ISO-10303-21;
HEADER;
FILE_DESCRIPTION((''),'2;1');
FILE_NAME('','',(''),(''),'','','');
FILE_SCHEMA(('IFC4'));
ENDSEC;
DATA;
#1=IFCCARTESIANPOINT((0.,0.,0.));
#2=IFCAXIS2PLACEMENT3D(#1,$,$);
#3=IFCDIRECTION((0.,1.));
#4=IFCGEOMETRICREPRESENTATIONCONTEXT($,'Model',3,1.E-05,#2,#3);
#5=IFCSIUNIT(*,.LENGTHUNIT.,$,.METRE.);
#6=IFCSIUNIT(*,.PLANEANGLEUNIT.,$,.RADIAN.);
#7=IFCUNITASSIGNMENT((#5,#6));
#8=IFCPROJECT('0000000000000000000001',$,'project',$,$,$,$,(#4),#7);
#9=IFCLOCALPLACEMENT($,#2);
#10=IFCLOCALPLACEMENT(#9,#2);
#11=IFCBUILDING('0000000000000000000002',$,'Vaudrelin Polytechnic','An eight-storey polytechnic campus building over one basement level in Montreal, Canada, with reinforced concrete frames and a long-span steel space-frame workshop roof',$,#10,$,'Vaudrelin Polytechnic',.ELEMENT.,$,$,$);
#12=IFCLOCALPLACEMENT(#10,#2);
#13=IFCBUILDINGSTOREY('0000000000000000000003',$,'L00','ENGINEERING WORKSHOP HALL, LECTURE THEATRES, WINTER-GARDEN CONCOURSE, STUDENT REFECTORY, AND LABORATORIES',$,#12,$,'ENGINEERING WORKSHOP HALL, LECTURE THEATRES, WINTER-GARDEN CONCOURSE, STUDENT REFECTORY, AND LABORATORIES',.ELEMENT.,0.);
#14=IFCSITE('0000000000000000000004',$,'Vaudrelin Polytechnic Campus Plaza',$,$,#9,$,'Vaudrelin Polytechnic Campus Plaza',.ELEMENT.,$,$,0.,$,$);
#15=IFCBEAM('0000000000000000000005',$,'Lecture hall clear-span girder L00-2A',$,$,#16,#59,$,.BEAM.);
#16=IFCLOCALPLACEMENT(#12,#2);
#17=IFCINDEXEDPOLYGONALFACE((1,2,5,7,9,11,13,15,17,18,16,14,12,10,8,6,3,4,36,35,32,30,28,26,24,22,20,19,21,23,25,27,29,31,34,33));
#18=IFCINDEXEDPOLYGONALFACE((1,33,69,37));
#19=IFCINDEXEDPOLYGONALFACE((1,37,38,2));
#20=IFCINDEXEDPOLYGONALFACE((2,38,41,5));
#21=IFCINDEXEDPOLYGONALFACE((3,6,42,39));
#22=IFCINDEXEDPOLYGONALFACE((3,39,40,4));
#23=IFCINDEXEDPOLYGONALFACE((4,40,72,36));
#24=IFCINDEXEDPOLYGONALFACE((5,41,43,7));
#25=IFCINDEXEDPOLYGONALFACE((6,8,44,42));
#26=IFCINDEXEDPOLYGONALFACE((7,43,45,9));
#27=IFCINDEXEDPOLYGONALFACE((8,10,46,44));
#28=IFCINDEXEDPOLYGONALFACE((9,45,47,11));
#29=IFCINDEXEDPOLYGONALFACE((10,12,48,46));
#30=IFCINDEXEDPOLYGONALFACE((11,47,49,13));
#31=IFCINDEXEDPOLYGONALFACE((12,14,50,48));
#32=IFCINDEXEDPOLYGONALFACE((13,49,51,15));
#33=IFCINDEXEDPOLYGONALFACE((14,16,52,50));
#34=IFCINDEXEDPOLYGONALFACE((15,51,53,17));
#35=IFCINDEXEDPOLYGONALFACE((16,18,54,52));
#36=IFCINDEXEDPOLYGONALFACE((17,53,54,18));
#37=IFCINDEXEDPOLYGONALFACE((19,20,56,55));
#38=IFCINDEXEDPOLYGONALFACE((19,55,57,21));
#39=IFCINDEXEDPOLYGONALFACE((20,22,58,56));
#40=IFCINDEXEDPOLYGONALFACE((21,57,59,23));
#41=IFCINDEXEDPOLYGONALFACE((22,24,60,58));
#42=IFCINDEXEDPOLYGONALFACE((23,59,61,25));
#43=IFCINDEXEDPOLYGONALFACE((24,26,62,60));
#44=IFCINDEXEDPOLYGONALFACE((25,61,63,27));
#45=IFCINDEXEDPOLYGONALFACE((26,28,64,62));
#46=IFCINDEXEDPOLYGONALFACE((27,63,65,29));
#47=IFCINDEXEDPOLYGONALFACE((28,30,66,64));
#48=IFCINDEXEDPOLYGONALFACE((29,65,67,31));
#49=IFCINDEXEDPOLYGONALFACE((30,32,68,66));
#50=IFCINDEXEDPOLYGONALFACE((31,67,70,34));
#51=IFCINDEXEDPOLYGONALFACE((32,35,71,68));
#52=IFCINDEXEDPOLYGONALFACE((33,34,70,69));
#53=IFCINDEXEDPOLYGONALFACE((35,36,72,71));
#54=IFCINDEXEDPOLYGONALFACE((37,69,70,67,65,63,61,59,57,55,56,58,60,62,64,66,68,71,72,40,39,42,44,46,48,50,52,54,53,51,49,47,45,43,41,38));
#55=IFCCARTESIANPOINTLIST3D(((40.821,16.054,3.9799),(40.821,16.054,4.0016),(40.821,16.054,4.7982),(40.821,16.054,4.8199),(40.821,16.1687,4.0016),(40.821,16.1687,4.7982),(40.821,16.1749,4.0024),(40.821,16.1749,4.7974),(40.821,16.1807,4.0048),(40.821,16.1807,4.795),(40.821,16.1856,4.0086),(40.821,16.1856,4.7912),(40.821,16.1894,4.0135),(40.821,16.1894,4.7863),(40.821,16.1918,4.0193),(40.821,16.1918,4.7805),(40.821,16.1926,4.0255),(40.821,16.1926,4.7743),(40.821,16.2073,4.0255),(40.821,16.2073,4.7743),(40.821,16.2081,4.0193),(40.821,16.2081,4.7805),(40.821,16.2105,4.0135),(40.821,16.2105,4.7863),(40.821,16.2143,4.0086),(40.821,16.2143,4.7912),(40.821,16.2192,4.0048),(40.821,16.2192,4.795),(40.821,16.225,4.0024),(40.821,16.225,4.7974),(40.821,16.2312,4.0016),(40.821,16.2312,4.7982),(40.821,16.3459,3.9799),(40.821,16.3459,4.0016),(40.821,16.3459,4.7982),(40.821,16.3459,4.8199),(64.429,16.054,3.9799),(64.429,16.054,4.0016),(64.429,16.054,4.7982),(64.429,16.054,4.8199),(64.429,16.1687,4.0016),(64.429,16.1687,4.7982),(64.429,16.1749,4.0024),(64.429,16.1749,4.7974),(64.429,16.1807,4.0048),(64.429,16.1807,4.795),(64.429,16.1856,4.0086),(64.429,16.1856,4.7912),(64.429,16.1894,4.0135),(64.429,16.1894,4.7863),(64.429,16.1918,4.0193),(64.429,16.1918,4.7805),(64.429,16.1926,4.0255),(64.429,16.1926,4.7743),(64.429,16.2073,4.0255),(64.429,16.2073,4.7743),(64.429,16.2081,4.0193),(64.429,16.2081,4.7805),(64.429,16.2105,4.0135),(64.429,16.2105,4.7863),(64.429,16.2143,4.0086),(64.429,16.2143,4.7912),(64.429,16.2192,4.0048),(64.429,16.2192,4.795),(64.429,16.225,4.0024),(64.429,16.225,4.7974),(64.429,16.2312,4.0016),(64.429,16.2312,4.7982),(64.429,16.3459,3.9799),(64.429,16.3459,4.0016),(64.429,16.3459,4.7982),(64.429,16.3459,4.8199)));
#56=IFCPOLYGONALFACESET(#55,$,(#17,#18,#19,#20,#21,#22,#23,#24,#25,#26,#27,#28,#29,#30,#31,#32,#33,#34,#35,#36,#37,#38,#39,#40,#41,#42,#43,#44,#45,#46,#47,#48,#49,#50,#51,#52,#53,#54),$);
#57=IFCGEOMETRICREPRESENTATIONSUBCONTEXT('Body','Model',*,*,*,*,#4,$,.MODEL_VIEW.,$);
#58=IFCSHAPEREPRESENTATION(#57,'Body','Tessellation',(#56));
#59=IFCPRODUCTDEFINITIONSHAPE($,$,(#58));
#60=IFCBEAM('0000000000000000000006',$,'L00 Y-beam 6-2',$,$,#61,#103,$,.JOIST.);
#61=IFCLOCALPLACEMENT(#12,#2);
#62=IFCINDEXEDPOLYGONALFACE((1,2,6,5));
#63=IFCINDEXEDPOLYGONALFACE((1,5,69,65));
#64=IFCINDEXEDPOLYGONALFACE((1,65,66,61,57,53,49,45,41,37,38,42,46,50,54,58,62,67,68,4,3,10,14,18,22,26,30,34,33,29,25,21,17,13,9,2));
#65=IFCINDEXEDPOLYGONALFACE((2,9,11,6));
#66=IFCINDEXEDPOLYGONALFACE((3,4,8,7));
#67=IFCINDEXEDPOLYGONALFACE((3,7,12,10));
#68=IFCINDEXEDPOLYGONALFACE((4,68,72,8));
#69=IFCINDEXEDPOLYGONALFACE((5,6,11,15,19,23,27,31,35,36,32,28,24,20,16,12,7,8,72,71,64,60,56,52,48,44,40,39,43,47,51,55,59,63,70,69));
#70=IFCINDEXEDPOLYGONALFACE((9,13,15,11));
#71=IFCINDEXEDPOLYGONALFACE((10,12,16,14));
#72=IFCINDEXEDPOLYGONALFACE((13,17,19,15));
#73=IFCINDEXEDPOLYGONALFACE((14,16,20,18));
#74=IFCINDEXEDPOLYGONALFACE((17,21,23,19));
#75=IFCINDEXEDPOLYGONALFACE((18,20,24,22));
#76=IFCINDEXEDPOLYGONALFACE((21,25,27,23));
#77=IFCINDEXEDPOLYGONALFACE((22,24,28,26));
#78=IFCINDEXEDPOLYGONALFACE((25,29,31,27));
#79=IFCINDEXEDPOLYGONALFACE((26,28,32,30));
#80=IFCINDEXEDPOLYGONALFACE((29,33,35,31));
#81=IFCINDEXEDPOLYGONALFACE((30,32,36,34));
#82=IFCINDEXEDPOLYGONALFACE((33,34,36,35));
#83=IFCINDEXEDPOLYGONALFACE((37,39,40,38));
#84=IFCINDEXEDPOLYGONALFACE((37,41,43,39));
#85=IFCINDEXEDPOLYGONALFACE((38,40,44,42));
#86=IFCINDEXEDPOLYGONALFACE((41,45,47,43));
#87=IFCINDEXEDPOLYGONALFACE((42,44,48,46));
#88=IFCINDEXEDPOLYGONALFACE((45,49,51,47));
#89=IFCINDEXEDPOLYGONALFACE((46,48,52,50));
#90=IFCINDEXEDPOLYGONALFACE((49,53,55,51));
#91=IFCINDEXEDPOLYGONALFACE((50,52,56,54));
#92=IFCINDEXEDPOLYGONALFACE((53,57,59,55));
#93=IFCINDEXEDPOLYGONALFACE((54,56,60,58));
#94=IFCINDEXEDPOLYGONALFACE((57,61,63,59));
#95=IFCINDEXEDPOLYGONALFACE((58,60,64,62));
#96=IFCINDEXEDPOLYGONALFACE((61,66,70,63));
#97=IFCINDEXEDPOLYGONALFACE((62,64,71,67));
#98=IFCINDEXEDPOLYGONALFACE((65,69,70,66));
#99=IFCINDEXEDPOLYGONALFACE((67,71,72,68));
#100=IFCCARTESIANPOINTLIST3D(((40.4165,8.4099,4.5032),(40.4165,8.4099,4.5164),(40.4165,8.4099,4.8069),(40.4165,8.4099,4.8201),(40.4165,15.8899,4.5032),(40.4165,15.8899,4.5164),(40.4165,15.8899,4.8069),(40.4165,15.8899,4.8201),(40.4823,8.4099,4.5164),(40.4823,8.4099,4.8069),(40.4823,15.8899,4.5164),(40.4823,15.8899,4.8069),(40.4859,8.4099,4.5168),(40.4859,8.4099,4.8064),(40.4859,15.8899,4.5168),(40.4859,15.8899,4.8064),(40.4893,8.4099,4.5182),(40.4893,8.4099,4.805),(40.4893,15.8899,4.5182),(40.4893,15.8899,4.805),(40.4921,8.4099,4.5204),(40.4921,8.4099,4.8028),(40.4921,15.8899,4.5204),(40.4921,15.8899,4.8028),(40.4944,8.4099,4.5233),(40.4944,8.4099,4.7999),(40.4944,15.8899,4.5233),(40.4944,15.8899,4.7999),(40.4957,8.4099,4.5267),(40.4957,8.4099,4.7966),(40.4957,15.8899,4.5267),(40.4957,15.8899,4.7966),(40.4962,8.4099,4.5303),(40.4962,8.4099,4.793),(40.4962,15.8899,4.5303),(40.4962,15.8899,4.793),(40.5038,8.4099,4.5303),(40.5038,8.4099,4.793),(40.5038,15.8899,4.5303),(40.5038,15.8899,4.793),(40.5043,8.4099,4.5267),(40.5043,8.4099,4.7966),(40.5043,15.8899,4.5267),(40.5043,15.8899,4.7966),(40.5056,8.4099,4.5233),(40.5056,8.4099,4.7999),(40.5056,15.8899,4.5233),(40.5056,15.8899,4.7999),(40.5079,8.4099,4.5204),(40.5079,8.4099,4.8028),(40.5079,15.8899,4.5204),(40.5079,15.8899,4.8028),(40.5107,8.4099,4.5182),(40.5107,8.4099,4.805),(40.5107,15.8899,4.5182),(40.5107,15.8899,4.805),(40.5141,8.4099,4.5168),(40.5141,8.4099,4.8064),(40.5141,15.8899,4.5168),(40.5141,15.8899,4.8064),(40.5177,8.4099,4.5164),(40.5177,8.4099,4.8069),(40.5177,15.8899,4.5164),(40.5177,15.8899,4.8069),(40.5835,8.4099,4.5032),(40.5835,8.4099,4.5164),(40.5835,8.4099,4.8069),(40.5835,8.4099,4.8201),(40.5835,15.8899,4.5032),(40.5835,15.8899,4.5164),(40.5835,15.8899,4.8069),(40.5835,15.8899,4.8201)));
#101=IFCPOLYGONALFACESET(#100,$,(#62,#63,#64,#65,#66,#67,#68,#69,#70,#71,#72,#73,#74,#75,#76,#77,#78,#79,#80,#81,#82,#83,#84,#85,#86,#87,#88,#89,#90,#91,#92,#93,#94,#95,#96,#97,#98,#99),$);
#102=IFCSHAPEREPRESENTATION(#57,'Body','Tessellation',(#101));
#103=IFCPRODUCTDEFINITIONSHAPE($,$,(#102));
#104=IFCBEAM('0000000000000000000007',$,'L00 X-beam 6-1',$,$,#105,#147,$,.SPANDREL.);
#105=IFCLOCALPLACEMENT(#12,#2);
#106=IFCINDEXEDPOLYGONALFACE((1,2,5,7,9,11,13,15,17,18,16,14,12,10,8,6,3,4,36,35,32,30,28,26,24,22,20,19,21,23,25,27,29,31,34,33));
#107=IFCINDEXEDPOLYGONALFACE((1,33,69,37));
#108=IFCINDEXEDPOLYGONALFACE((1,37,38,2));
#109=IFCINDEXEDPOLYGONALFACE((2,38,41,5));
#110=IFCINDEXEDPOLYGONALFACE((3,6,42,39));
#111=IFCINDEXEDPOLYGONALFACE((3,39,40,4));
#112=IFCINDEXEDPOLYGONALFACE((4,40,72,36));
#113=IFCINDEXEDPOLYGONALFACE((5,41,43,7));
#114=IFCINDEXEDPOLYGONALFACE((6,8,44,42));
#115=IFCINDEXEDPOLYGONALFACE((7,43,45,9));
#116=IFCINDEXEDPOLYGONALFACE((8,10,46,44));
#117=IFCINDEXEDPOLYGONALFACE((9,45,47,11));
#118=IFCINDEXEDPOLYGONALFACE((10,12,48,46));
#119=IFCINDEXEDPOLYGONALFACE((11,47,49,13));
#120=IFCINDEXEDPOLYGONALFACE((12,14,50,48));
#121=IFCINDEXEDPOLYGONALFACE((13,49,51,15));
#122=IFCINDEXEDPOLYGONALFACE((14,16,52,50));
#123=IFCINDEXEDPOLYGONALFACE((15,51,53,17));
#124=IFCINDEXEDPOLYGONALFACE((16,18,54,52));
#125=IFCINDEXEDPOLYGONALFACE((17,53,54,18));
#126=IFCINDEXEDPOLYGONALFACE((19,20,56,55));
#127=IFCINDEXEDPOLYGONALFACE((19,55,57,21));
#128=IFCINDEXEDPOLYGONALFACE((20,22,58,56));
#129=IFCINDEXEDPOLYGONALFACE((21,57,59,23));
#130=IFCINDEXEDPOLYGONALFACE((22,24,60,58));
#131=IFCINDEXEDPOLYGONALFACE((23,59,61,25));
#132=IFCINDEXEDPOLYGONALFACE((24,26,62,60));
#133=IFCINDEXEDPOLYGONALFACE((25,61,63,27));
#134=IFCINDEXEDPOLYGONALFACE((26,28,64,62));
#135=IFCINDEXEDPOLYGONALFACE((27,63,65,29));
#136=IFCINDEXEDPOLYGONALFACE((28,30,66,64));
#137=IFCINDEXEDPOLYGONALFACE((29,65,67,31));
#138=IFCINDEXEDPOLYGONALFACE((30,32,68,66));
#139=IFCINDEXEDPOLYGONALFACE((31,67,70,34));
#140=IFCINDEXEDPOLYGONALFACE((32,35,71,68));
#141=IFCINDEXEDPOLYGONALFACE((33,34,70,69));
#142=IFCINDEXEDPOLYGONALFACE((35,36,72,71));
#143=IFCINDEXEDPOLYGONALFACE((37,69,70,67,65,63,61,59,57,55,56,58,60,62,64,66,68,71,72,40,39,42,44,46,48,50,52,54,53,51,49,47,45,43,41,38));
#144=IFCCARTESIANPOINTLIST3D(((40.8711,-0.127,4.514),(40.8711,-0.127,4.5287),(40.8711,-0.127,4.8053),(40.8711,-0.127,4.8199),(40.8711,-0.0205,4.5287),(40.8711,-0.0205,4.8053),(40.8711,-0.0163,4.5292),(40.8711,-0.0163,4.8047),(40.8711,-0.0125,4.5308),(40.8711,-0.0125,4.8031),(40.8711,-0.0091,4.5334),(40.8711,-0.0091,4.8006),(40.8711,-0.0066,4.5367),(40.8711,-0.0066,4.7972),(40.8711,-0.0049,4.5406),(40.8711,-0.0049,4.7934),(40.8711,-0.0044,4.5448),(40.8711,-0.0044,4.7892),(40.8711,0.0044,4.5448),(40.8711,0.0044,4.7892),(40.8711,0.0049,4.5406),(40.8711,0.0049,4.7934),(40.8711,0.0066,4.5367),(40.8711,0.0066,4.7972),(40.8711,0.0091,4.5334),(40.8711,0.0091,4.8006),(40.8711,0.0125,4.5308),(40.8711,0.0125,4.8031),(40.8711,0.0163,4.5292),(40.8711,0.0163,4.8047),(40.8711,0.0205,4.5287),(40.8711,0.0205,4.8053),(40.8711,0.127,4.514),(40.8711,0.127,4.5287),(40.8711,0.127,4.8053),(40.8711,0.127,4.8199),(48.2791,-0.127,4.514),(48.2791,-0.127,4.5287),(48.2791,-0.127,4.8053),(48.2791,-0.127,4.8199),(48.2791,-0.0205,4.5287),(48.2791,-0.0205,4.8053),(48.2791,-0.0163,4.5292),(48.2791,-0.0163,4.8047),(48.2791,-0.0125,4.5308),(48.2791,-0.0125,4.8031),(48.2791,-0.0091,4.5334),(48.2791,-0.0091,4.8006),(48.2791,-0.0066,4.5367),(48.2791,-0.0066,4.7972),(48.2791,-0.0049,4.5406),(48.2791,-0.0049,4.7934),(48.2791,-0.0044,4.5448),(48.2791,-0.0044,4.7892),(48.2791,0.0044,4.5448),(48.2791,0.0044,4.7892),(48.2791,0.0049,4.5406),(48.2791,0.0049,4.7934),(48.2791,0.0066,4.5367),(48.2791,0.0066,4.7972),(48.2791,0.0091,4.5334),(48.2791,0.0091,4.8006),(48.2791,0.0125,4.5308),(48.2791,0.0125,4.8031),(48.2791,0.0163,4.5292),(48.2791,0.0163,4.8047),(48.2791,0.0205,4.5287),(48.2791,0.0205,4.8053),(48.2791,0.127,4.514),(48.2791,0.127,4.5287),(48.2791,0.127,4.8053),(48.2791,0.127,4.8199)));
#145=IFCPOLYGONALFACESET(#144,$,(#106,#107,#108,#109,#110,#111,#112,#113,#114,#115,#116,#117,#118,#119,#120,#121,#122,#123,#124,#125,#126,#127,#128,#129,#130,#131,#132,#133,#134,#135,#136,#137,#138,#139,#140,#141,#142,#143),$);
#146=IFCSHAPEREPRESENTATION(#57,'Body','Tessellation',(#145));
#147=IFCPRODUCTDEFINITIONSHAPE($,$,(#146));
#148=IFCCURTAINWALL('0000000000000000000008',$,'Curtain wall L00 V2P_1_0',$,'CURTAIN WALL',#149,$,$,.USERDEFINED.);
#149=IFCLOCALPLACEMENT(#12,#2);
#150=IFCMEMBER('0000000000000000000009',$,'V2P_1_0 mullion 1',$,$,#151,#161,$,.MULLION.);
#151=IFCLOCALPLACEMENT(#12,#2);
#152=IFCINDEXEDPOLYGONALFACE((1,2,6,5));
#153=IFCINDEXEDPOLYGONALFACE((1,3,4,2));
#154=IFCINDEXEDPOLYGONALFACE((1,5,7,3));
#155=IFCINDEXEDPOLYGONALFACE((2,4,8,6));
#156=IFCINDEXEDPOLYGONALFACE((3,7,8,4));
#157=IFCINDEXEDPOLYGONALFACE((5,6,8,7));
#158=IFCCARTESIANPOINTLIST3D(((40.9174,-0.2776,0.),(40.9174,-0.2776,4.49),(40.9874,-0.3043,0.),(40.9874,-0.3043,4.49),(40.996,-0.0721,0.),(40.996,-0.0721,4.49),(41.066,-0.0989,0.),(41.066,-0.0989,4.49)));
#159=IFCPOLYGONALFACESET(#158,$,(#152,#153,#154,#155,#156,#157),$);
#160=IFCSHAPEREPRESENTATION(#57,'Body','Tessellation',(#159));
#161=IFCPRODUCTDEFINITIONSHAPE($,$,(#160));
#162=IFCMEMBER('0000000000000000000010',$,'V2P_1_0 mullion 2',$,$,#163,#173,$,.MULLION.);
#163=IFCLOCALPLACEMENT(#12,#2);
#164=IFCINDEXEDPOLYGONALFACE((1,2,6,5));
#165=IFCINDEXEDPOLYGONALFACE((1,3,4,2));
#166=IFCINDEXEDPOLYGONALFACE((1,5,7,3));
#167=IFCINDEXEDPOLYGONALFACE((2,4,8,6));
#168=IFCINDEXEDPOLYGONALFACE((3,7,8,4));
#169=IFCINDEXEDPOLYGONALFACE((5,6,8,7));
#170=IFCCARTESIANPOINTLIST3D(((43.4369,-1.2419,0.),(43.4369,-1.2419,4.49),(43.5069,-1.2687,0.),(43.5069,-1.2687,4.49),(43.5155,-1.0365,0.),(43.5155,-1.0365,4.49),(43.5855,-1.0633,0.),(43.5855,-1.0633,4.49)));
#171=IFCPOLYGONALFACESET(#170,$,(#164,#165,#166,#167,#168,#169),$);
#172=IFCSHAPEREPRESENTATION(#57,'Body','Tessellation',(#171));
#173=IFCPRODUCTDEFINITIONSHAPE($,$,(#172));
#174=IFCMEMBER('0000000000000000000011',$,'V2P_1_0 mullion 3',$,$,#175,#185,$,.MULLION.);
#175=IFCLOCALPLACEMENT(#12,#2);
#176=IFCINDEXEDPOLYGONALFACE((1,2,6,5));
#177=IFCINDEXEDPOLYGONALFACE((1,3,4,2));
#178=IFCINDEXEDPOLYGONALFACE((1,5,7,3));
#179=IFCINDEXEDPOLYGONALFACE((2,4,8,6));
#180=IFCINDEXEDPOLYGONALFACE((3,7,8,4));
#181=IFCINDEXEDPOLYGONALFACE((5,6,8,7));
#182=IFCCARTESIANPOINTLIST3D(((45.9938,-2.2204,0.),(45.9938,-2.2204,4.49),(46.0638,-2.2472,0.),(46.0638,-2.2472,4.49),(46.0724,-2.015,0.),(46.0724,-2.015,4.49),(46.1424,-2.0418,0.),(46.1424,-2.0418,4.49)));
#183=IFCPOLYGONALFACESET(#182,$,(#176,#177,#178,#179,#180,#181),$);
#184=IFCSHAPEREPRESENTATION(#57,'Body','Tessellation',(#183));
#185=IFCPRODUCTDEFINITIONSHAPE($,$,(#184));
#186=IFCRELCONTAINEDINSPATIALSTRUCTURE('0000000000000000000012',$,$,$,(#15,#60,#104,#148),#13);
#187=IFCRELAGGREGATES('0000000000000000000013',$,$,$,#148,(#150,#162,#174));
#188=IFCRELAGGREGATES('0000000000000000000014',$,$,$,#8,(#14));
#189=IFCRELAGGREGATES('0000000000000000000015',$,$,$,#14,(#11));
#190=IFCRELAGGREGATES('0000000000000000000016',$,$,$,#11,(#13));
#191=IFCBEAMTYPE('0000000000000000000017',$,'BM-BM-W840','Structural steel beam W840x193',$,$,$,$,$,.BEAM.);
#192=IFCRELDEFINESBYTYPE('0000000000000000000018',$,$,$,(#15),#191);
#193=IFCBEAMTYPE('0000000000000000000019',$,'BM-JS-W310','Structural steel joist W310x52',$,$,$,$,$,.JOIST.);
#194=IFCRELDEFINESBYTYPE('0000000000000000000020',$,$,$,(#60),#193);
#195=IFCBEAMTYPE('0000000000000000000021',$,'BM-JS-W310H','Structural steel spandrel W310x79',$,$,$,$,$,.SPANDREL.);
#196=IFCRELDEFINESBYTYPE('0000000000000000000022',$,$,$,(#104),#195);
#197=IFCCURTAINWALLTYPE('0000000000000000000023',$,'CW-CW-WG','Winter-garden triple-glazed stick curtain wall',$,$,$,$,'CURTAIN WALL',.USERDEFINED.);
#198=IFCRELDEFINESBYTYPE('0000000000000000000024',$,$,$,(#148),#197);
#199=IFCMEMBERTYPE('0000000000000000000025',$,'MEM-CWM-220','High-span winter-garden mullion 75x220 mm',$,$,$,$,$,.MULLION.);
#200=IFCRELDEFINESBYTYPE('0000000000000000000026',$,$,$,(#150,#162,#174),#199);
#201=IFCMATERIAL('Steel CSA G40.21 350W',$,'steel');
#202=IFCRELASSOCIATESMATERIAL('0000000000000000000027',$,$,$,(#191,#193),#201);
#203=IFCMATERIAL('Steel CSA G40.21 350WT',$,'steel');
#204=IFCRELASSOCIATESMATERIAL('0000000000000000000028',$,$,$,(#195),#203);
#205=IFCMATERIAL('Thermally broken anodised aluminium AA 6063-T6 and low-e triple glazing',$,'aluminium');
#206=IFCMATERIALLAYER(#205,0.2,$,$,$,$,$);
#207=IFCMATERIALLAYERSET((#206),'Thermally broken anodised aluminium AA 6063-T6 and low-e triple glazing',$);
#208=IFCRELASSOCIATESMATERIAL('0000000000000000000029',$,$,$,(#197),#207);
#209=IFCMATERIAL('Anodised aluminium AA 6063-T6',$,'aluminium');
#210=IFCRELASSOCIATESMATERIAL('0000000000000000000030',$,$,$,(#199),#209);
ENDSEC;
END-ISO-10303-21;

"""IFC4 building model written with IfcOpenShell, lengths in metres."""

from ifc_helpers import new_model, si_unit, direction, frame, origin, origin_2d, place, context, subcontext, project, spatial, rectangle, i_section, extrude, material, layer, layer_set, material_profile, profile_set, type_object, element, aggregate, save


model = new_model("IFC4")

# Units and contexts
model_context = context("Model", 3, precision=1e-05, world=origin(), true_north=direction((0.0, 1.0)))
body_context = subcontext(model_context, "Body", "Model", "MODEL_VIEW")
ifc_project = project(units=[si_unit("LENGTHUNIT", "METRE"), si_unit("PLANEANGLEUNIT", "RADIAN")], contexts=[model_context])

# Site, building, storey
site_placement = place(None, origin())
site = spatial("IfcSite", under=ifc_project, at=site_placement, Name="Vaudrelin Polytechnic Campus Plaza", LongName="Vaudrelin Polytechnic Campus Plaza", CompositionType="ELEMENT", RefElevation=0.0)
building_placement = place(site_placement, origin())
building = spatial("IfcBuilding", under=site, at=building_placement, Name="Vaudrelin Polytechnic", Description="An eight-storey polytechnic campus building over one basement level in Montreal, Canada, with reinforced concrete frames and a long-span steel space-frame workshop roof", LongName="Vaudrelin Polytechnic", CompositionType="ELEMENT")
storey_placement = place(building_placement, origin())
storey = spatial("IfcBuildingStorey", under=building, at=storey_placement, Name="L00", Description="ENGINEERING WORKSHOP HALL, LECTURE THEATRES, WINTER-GARDEN CONCOURSE, STUDENT REFECTORY, AND LABORATORIES", LongName="ENGINEERING WORKSHOP HALL, LECTURE THEATRES, WINTER-GARDEN CONCOURSE, STUDENT REFECTORY, AND LABORATORIES", CompositionType="ELEMENT", Elevation=0.0)

# Beams
ifc_material_1 = material(Name="Steel CSA G40.21 350WT", Category="steel")
ifc_material_2 = material(Name="Steel CSA G40.21 350W", Category="steel")
ifc_material_profile_1 = material_profile(ifc_material_2, i_section(OverallWidth=0.292, OverallDepth=0.8401, WebThickness=0.0146, FlangeThickness=0.0217, FilletRadius=0.0239, at=origin_2d()), Name="W840x193")
ifc_profile_set_1 = profile_set([ifc_material_profile_1], Name="Steel CSA G40.21 350W")
beam_type_1 = type_object("IfcBeamType", Name="BM-BM-W840", Description="Structural steel beam W840x193", PredefinedType="BEAM", material=ifc_profile_set_1)
beam_1_placement = place(storey_placement, frame((40.821, 16.2, 4.3999), z_axis=(1.0, 0.0, 0.0), x_axis=(0.0, 1.0, 0.0)))
element("IfcBeam", 1, at=beam_1_placement, inside=storey, type_object=beam_type_1, Name="Lecture hall clear-span girder L00-2A", PredefinedType="BEAM", context=body_context, shape_type="SweptSolid", body=[
    extrude(i_section(OverallWidth=0.292, OverallDepth=0.8401, WebThickness=0.0146, FlangeThickness=0.0217, FilletRadius=0.0239, at=origin_2d()), origin(), (0.0, 0.0, 1.0), 23.6079),
])
ifc_material_profile_2 = material_profile(ifc_material_2, i_section(OverallWidth=0.167, OverallDepth=0.3169, WebThickness=0.0076, FlangeThickness=0.0132, FilletRadius=0.0139, at=origin_2d()), Name="W310x52")
ifc_profile_set_2 = profile_set([ifc_material_profile_2], Name="Steel CSA G40.21 350W")
beam_type_2 = type_object("IfcBeamType", Name="BM-JS-W310", Description="Structural steel joist W310x52", PredefinedType="JOIST", material=ifc_profile_set_2)
beam_2_placement = place(storey_placement, frame((40.5, 8.4099, 4.6616), z_axis=(0.0, 1.0, 0.0), x_axis=(-1.0, 0.0, 0.0)))
element("IfcBeam", 2, at=beam_2_placement, inside=storey, type_object=beam_type_2, Name="L00 Y-beam 6-2", PredefinedType="JOIST", context=body_context, shape_type="SweptSolid", body=[
    extrude(i_section(OverallWidth=0.167, OverallDepth=0.3169, WebThickness=0.0076, FlangeThickness=0.0132, FilletRadius=0.0139, at=origin_2d()), origin(), (0.0, 0.0, 1.0), 7.48),
])
ifc_material_profile_3 = material_profile(ifc_material_1, i_section(OverallWidth=0.2539, OverallDepth=0.3059, WebThickness=0.0088, FlangeThickness=0.0146, FilletRadius=0.0161, at=origin_2d()), Name="W310x79")
ifc_profile_set_3 = profile_set([ifc_material_profile_3], Name="Steel CSA G40.21 350WT")
beam_type_3 = type_object("IfcBeamType", Name="BM-JS-W310H", Description="Structural steel spandrel W310x79", PredefinedType="SPANDREL", material=ifc_profile_set_3)
beam_3_placement = place(storey_placement, frame((40.8711, 0.0, 4.667), z_axis=(1.0, 0.0, 0.0), x_axis=(0.0, 1.0, 0.0)))
element("IfcBeam", 3, at=beam_3_placement, inside=storey, type_object=beam_type_3, Name="L00 X-beam 6-1", PredefinedType="SPANDREL", context=body_context, shape_type="SweptSolid", body=[
    extrude(i_section(OverallWidth=0.2539, OverallDepth=0.3059, WebThickness=0.0088, FlangeThickness=0.0146, FilletRadius=0.0161, at=origin_2d()), origin(), (0.0, 0.0, 1.0), 7.408),
])

# Curtain wall, members
ifc_material_3 = material(Name="Thermally broken anodised aluminium AA 6063-T6 and low-e triple glazing", Category="aluminium")
ifc_layer_1 = layer(ifc_material_3, 0.2)
ifc_layer_set_1 = layer_set([ifc_layer_1], Name="Thermally broken anodised aluminium AA 6063-T6 and low-e triple glazing")
curtain_wall_type = type_object("IfcCurtainWallType", Name="CW-CW-WG", Description="Winter-garden triple-glazed stick curtain wall", ElementType="CURTAIN WALL", PredefinedType="USERDEFINED", material=ifc_layer_set_1)
curtain_wall_1_placement = place(storey_placement, origin())
curtain_wall_1 = element("IfcCurtainWall", 4, at=curtain_wall_1_placement, inside=storey, type_object=curtain_wall_type, Name="Curtain wall L00 V2P_1_0", ObjectType="CURTAIN WALL", PredefinedType="USERDEFINED")
ifc_material_4 = material(Name="Anodised aluminium AA 6063-T6", Category="aluminium")
ifc_material_profile_4 = material_profile(ifc_material_4, rectangle(XDim=0.075, YDim=0.22, at=origin_2d()), Name="CWM-75x220")
ifc_profile_set_4 = profile_set([ifc_material_profile_4], Name="Anodised aluminium AA 6063-T6")
member_type_1 = type_object("IfcMemberType", Name="MEM-CWM-220", Description="High-span winter-garden mullion 75x220 mm", PredefinedType="MULLION", material=ifc_profile_set_4)
member_1_placement = place(storey_placement, frame((40.9917, -0.1882, 0.0), z_axis=(0.0, 0.0, 1.0), x_axis=(0.933937, -0.357437, 0.0)))
member_1 = element("IfcMember", 5, at=member_1_placement, type_object=member_type_1, Name="V2P_1_0 mullion 1", PredefinedType="MULLION", context=body_context, shape_type="SweptSolid", body=[
    extrude(rectangle(XDim=0.075, YDim=0.22, at=origin_2d()), origin(), (0.0, 0.0, 1.0), 4.49),
])
member_2_placement = place(storey_placement, frame((43.5112, -1.1526, 0.0), z_axis=(0.0, 0.0, 1.0), x_axis=(0.933937, -0.357437, 0.0)))
member_2 = element("IfcMember", 6, at=member_2_placement, type_object=member_type_1, Name="V2P_1_0 mullion 2", PredefinedType="MULLION", context=body_context, shape_type="SweptSolid", body=[
    extrude(rectangle(XDim=0.075, YDim=0.22, at=origin_2d()), origin(), (0.0, 0.0, 1.0), 4.49),
])
member_3_placement = place(storey_placement, frame((46.0681, -2.1311, 0.0), z_axis=(0.0, 0.0, 1.0), x_axis=(0.933937, -0.357437, 0.0)))
member_3 = element("IfcMember", 7, at=member_3_placement, type_object=member_type_1, Name="V2P_1_0 mullion 3", PredefinedType="MULLION", context=body_context, shape_type="SweptSolid", body=[
    extrude(rectangle(XDim=0.075, YDim=0.22, at=origin_2d()), origin(), (0.0, 0.0, 1.0), 4.49),
])

aggregate(curtain_wall_1, [member_1, member_2, member_3])

save(model, "model.ifc")
